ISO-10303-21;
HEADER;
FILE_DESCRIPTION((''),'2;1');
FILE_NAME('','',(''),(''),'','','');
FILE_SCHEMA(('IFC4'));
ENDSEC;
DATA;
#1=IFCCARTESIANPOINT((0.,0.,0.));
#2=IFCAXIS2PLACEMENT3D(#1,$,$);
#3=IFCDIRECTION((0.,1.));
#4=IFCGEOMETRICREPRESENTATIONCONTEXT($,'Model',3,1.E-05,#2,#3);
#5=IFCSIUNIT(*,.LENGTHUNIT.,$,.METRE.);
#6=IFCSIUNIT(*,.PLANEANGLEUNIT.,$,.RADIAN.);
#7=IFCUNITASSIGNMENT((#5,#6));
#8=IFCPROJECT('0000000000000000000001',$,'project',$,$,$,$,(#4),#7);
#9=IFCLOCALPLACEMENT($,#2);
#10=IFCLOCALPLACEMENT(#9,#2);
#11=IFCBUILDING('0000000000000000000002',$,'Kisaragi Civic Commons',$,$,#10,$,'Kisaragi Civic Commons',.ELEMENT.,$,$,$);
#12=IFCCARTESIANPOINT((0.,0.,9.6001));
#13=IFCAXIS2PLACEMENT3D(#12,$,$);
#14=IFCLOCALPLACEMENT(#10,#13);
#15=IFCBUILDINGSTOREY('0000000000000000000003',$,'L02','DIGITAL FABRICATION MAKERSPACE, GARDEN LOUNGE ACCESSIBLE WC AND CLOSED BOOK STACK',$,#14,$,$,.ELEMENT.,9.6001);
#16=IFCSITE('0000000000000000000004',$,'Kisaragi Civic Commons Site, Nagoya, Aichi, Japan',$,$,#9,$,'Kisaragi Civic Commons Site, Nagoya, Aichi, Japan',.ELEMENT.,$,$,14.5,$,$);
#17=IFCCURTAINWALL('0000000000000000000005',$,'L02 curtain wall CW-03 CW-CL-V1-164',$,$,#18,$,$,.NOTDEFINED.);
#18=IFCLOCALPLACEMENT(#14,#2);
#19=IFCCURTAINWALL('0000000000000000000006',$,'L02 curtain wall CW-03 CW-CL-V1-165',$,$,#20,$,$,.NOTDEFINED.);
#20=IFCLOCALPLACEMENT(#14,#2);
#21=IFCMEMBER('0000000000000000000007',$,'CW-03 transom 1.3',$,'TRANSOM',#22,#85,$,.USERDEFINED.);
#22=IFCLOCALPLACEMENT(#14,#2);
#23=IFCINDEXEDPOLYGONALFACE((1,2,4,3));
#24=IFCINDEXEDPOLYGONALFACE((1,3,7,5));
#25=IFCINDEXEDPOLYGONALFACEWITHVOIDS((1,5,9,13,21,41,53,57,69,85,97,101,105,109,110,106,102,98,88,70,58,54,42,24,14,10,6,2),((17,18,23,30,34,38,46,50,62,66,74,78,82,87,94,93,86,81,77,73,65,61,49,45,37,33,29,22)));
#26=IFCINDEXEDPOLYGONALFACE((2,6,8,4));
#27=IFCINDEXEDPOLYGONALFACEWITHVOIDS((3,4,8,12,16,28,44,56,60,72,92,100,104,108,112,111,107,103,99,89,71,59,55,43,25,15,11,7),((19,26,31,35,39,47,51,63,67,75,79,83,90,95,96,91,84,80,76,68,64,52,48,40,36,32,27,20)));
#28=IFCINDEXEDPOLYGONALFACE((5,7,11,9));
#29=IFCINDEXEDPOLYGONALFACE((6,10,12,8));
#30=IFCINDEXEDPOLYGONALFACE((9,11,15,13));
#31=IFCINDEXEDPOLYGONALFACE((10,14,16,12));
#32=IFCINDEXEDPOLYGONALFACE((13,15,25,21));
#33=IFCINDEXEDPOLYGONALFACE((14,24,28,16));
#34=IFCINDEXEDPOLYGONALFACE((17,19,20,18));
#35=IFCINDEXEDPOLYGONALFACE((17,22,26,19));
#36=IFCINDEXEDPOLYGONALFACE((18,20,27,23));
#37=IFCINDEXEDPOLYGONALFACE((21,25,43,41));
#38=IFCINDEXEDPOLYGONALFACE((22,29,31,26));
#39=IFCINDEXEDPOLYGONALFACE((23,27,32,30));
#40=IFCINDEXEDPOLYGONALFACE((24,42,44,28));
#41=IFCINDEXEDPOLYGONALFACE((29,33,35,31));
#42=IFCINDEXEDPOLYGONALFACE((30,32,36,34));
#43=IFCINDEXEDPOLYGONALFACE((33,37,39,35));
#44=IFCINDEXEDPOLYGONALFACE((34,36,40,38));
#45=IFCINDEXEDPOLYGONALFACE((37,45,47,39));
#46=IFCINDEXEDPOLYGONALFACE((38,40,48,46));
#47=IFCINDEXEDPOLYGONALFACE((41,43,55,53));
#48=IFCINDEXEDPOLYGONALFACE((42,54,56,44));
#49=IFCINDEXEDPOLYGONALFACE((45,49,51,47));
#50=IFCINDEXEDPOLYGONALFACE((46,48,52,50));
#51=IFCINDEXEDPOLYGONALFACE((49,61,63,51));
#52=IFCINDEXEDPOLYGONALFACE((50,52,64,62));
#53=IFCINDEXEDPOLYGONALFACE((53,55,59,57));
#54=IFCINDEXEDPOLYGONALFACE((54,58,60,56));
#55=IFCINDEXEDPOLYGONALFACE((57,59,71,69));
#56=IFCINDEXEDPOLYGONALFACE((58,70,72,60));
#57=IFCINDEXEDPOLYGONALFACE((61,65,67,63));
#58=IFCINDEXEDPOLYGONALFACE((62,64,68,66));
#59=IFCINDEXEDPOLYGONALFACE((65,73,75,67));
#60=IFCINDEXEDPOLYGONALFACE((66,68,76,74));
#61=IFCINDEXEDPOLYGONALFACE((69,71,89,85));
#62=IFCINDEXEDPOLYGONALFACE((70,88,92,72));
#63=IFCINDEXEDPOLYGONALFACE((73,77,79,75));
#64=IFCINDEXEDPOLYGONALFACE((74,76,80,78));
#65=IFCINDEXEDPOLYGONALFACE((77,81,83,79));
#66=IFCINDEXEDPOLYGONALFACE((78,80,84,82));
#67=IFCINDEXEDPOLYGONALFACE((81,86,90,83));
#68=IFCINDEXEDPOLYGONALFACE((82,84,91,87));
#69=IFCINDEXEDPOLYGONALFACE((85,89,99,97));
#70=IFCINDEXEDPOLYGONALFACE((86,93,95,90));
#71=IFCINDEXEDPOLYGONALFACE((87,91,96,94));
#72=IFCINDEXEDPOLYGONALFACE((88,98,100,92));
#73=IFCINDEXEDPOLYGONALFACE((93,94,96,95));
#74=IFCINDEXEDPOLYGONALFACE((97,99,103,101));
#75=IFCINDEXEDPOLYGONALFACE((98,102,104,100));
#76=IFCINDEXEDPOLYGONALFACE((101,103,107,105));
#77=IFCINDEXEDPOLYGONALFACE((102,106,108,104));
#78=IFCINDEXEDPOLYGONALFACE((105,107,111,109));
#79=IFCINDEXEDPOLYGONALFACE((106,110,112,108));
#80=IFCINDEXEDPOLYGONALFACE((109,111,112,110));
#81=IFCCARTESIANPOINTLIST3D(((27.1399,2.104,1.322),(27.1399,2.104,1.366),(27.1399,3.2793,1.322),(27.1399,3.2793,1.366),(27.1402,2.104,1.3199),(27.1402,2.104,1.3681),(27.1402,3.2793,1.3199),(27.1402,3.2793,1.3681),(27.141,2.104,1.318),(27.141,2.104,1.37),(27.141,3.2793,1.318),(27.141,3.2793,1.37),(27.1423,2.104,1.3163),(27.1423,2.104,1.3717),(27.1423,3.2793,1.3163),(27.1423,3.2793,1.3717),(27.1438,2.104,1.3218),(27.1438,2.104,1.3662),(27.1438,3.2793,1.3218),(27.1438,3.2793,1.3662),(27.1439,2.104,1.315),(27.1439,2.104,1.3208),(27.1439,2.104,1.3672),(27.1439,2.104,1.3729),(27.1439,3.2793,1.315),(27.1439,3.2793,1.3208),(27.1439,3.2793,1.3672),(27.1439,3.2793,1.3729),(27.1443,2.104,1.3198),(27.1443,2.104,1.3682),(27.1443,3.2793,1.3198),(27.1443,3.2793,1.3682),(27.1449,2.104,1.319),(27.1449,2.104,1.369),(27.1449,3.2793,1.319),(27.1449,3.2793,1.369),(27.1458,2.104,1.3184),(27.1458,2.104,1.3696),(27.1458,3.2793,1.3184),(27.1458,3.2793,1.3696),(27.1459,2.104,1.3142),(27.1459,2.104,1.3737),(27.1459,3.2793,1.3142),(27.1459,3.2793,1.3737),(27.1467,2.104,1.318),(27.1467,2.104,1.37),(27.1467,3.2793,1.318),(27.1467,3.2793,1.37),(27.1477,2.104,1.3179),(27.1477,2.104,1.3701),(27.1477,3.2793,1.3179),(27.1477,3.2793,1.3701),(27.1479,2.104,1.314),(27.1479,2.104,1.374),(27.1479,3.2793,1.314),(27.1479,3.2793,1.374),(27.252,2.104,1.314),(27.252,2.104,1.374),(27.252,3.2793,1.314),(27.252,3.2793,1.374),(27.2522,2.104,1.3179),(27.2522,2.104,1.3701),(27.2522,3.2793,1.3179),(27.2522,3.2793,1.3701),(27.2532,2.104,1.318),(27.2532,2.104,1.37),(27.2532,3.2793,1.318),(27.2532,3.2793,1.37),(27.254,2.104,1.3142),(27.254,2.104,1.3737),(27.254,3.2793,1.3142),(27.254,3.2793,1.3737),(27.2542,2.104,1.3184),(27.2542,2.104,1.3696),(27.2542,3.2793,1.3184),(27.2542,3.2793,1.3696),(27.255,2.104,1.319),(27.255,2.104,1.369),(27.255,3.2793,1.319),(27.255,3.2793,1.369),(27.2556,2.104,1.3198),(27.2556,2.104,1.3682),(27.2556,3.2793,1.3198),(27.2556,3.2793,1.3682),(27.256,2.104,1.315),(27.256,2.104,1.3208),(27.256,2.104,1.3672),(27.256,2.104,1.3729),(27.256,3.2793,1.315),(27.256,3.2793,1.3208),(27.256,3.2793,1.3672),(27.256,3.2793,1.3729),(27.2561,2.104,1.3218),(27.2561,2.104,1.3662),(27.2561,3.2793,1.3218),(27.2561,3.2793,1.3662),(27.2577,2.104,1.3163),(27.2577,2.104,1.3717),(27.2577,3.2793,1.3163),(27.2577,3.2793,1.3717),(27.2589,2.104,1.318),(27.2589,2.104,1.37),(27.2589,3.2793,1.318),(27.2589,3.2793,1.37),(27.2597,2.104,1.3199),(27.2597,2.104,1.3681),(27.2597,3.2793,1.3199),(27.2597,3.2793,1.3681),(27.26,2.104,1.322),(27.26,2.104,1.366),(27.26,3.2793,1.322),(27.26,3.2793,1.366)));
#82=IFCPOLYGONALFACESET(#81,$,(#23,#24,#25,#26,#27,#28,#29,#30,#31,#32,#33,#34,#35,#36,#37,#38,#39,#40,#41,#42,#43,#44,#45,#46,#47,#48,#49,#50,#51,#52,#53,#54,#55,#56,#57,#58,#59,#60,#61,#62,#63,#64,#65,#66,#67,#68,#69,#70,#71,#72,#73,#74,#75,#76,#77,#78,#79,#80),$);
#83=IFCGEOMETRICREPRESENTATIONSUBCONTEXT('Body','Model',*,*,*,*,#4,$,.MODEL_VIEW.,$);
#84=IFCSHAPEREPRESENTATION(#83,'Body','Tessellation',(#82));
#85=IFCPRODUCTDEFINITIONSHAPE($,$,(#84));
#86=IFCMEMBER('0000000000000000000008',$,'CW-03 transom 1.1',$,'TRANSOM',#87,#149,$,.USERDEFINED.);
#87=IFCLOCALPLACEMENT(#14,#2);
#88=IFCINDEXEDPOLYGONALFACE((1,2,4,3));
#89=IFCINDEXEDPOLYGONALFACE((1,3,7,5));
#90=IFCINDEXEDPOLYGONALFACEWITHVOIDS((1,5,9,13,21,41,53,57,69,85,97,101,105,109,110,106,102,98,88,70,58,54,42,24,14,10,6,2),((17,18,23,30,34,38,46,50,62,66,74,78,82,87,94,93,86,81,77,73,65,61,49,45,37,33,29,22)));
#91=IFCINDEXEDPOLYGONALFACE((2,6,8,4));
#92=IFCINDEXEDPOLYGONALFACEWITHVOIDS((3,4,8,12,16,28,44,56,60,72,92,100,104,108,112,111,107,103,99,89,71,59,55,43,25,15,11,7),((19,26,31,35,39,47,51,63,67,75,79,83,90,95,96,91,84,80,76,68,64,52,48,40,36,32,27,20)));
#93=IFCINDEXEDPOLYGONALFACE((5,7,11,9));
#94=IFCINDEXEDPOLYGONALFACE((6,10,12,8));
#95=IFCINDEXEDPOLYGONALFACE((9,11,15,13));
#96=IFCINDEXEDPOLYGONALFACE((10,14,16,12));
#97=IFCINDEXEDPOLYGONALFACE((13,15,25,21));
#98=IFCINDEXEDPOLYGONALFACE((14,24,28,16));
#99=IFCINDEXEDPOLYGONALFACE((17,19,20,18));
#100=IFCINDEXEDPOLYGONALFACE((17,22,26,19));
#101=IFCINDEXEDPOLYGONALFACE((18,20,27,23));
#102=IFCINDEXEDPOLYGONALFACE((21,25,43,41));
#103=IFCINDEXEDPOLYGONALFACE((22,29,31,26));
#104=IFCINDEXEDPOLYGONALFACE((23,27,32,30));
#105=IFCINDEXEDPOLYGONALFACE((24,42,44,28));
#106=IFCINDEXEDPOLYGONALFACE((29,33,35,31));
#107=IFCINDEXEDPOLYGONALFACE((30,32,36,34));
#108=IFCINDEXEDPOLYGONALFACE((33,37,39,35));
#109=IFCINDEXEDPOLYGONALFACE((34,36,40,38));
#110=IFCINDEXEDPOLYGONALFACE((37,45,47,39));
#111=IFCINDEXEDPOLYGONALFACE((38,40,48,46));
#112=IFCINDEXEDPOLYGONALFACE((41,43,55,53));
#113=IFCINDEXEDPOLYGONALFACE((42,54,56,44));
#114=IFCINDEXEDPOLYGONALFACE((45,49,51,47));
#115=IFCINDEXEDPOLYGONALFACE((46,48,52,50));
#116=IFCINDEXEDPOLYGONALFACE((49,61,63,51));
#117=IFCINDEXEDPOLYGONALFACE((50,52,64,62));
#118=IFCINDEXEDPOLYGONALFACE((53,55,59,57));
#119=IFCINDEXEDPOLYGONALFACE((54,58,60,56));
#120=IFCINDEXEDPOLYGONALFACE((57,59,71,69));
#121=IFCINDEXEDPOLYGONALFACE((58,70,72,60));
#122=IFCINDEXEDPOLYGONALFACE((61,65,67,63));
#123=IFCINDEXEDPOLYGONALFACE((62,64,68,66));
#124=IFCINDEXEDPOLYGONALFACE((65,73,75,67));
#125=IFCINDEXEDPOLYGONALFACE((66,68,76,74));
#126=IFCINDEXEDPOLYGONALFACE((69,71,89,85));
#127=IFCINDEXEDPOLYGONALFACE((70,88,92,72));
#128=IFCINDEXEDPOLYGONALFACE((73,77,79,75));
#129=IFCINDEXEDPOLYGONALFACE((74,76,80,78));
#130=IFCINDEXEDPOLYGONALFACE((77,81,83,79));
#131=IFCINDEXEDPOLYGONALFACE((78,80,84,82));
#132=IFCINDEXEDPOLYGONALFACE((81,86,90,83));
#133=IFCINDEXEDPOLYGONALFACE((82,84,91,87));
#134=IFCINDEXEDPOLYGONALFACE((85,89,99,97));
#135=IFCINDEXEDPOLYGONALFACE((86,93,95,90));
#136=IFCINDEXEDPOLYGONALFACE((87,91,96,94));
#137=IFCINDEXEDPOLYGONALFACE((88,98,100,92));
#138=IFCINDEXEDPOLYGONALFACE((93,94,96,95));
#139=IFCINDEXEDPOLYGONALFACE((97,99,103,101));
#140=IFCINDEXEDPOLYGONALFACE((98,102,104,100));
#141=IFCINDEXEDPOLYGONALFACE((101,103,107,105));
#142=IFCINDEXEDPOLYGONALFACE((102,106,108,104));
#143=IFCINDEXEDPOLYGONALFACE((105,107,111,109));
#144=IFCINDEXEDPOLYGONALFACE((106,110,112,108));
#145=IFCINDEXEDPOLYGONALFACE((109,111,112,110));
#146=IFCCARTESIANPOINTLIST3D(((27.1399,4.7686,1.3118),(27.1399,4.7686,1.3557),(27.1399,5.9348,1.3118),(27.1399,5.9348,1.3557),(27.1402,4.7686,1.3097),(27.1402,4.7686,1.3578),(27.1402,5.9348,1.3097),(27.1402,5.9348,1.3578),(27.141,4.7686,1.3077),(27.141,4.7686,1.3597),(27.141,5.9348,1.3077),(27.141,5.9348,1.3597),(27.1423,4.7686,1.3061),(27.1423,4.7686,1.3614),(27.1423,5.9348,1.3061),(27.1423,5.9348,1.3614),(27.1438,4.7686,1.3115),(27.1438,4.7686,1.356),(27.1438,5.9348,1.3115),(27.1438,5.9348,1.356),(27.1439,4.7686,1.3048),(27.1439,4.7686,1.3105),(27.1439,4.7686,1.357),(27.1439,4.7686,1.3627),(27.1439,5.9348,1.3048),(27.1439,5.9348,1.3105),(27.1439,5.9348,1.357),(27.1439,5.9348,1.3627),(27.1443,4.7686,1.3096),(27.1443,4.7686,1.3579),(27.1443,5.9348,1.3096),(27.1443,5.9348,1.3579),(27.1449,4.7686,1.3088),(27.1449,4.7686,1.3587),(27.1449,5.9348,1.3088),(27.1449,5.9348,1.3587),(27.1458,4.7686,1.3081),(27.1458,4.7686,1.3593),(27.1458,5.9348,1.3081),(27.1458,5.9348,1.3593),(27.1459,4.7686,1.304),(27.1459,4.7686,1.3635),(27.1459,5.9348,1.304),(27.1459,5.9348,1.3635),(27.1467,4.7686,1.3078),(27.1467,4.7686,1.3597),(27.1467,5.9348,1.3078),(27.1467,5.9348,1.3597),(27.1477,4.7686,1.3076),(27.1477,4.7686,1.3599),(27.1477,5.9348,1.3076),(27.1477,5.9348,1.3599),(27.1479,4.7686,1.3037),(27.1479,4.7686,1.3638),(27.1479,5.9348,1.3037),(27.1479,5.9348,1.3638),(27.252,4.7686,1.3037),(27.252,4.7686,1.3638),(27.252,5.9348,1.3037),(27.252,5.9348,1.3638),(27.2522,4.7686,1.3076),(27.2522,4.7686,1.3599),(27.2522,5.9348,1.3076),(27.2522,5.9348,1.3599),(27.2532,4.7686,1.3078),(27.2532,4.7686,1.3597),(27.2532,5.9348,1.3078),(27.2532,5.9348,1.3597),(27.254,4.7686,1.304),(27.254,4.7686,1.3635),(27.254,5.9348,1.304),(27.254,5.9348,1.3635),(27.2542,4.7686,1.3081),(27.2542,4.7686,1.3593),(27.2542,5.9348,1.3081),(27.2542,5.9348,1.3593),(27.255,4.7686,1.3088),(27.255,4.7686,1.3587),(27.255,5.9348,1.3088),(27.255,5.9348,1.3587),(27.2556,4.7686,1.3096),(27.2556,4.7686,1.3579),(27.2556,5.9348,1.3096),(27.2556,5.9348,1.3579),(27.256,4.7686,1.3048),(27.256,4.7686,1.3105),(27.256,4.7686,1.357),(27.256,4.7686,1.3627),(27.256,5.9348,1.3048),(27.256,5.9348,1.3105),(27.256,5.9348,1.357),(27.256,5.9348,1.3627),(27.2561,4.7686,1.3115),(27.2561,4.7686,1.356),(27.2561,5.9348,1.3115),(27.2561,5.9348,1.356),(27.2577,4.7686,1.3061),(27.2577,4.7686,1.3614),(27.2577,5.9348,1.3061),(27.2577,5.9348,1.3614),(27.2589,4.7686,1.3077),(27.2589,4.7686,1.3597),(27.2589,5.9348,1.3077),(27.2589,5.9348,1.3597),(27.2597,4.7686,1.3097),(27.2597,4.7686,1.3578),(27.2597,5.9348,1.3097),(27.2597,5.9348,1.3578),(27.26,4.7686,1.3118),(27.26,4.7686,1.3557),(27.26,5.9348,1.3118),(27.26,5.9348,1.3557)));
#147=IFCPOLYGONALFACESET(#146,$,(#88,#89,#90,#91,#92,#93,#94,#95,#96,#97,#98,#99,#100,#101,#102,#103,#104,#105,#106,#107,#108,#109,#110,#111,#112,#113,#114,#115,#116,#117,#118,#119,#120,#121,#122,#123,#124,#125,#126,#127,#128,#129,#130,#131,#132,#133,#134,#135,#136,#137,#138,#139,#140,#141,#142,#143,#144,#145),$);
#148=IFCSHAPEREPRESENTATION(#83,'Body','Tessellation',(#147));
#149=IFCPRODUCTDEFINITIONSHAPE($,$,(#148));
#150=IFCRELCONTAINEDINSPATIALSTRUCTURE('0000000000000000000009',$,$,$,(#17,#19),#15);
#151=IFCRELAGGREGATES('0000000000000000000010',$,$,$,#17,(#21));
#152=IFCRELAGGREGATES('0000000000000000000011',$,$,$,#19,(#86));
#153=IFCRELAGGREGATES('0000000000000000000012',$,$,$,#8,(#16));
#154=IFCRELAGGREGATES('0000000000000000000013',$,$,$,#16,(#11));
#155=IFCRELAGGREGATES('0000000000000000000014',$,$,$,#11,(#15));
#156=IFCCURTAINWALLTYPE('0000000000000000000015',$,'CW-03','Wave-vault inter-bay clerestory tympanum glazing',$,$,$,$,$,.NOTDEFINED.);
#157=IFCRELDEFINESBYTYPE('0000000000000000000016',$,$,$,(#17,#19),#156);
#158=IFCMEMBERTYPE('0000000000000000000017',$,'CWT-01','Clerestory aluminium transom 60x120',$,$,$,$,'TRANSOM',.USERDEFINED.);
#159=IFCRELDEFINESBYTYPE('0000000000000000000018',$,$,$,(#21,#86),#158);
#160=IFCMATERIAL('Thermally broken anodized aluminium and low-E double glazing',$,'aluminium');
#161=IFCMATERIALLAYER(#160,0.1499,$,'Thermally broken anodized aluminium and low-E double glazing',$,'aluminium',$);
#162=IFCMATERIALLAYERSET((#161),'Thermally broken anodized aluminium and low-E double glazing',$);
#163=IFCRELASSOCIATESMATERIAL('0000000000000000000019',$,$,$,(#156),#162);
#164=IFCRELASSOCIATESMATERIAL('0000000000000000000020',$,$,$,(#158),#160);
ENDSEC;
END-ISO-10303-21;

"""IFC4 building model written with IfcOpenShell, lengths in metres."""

from ifc_helpers import new_model, si_unit, direction, frame, origin, origin_2d, place, context, subcontext, project, spatial, hollow_rectangle, extrude, material, layer, layer_set, material_profile, profile_set, type_object, element, aggregate, save


model = new_model("IFC4")

# Units and contexts
model_context = context("Model", 3, precision=1e-05, world=origin(), true_north=direction((0.0, 1.0)))
body_context = subcontext(model_context, "Body", "Model", "MODEL_VIEW")
ifc_project = project(units=[si_unit("LENGTHUNIT", "METRE"), si_unit("PLANEANGLEUNIT", "RADIAN")], contexts=[model_context])

# Site, building, storey
site_placement = place(None, origin())
site = spatial("IfcSite", under=ifc_project, at=site_placement, Name="Kisaragi Civic Commons Site, Nagoya, Aichi, Japan", LongName="Kisaragi Civic Commons Site, Nagoya, Aichi, Japan", CompositionType="ELEMENT", RefElevation=14.5)
building_placement = place(site_placement, origin())
building = spatial("IfcBuilding", under=site, at=building_placement, Name="Kisaragi Civic Commons", LongName="Kisaragi Civic Commons", CompositionType="ELEMENT")
storey_placement = place(building_placement, frame((0.0, 0.0, 9.6001)))
storey = spatial("IfcBuildingStorey", under=building, at=storey_placement, Name="L02", Description="DIGITAL FABRICATION MAKERSPACE, GARDEN LOUNGE ACCESSIBLE WC AND CLOSED BOOK STACK", CompositionType="ELEMENT", Elevation=9.6001)

# Curtain walls
ifc_material_1 = material(Name="Thermally broken anodized aluminium and low-E double glazing", Category="aluminium")
ifc_layer_1 = layer(ifc_material_1, 0.1499, Name="Thermally broken anodized aluminium and low-E double glazing", Category="aluminium")
ifc_layer_set_1 = layer_set([ifc_layer_1], Name="Thermally broken anodized aluminium and low-E double glazing")
curtain_wall_type = type_object("IfcCurtainWallType", Name="CW-03", Description="Wave-vault inter-bay clerestory tympanum glazing", PredefinedType="NOTDEFINED", material=ifc_layer_set_1)
curtain_wall_1_placement = place(storey_placement, origin())
curtain_wall_1 = element("IfcCurtainWall", 1, at=curtain_wall_1_placement, inside=storey, type_object=curtain_wall_type, Name="L02 curtain wall CW-03 CW-CL-V1-164", PredefinedType="NOTDEFINED")
curtain_wall_2_placement = place(storey_placement, origin())
curtain_wall_2 = element("IfcCurtainWall", 2, at=curtain_wall_2_placement, inside=storey, type_object=curtain_wall_type, Name="L02 curtain wall CW-03 CW-CL-V1-165", PredefinedType="NOTDEFINED")

# Members
ifc_material_profile_1 = material_profile(ifc_material_1, hollow_rectangle(XDim=0.1201, YDim=0.0601, WallThickness=0.0039, InnerFilletRadius=0.0039, OuterFilletRadius=0.0081, at=origin_2d()), Name="CWT-60x120x4", Category="aluminium")
ifc_profile_set_1 = profile_set([ifc_material_profile_1], Name="Thermally broken anodized aluminium and low-E double glazing")
member_type_1 = type_object("IfcMemberType", Name="CWT-01", Description="Clerestory aluminium transom 60x120", ElementType="TRANSOM", PredefinedType="USERDEFINED", material=ifc_profile_set_1)
member_1_placement = place(storey_placement, frame((27.2, 2.104, 1.344), z_axis=(0.0, 1.0, 0.0), x_axis=(-1.0, 0.0, 0.0)))
member_1 = element("IfcMember", 3, at=member_1_placement, type_object=member_type_1, Name="CW-03 transom 1.3", ObjectType="TRANSOM", PredefinedType="USERDEFINED", context=body_context, shape_type="SweptSolid", body=[
    extrude(hollow_rectangle(XDim=0.1201, YDim=0.0601, WallThickness=0.0039, InnerFilletRadius=0.0039, OuterFilletRadius=0.0081, at=origin_2d()), origin(), (0.0, 0.0, 1.0), 1.1753),
])
member_2_placement = place(storey_placement, frame((27.2, 4.7686, 1.3337), z_axis=(0.0, 1.0, 0.0), x_axis=(-1.0, 0.0, 0.0)))
member_2 = element("IfcMember", 4, at=member_2_placement, type_object=member_type_1, Name="CW-03 transom 1.1", ObjectType="TRANSOM", PredefinedType="USERDEFINED", context=body_context, shape_type="SweptSolid", body=[
    extrude(hollow_rectangle(XDim=0.1201, YDim=0.0601, WallThickness=0.0039, InnerFilletRadius=0.0039, OuterFilletRadius=0.0081, at=origin_2d()), origin(), (0.0, 0.0, 1.0), 1.1663),
])

aggregate(curtain_wall_1, [member_1])
aggregate(curtain_wall_2, [member_2])

save(model, "model.ifc")
